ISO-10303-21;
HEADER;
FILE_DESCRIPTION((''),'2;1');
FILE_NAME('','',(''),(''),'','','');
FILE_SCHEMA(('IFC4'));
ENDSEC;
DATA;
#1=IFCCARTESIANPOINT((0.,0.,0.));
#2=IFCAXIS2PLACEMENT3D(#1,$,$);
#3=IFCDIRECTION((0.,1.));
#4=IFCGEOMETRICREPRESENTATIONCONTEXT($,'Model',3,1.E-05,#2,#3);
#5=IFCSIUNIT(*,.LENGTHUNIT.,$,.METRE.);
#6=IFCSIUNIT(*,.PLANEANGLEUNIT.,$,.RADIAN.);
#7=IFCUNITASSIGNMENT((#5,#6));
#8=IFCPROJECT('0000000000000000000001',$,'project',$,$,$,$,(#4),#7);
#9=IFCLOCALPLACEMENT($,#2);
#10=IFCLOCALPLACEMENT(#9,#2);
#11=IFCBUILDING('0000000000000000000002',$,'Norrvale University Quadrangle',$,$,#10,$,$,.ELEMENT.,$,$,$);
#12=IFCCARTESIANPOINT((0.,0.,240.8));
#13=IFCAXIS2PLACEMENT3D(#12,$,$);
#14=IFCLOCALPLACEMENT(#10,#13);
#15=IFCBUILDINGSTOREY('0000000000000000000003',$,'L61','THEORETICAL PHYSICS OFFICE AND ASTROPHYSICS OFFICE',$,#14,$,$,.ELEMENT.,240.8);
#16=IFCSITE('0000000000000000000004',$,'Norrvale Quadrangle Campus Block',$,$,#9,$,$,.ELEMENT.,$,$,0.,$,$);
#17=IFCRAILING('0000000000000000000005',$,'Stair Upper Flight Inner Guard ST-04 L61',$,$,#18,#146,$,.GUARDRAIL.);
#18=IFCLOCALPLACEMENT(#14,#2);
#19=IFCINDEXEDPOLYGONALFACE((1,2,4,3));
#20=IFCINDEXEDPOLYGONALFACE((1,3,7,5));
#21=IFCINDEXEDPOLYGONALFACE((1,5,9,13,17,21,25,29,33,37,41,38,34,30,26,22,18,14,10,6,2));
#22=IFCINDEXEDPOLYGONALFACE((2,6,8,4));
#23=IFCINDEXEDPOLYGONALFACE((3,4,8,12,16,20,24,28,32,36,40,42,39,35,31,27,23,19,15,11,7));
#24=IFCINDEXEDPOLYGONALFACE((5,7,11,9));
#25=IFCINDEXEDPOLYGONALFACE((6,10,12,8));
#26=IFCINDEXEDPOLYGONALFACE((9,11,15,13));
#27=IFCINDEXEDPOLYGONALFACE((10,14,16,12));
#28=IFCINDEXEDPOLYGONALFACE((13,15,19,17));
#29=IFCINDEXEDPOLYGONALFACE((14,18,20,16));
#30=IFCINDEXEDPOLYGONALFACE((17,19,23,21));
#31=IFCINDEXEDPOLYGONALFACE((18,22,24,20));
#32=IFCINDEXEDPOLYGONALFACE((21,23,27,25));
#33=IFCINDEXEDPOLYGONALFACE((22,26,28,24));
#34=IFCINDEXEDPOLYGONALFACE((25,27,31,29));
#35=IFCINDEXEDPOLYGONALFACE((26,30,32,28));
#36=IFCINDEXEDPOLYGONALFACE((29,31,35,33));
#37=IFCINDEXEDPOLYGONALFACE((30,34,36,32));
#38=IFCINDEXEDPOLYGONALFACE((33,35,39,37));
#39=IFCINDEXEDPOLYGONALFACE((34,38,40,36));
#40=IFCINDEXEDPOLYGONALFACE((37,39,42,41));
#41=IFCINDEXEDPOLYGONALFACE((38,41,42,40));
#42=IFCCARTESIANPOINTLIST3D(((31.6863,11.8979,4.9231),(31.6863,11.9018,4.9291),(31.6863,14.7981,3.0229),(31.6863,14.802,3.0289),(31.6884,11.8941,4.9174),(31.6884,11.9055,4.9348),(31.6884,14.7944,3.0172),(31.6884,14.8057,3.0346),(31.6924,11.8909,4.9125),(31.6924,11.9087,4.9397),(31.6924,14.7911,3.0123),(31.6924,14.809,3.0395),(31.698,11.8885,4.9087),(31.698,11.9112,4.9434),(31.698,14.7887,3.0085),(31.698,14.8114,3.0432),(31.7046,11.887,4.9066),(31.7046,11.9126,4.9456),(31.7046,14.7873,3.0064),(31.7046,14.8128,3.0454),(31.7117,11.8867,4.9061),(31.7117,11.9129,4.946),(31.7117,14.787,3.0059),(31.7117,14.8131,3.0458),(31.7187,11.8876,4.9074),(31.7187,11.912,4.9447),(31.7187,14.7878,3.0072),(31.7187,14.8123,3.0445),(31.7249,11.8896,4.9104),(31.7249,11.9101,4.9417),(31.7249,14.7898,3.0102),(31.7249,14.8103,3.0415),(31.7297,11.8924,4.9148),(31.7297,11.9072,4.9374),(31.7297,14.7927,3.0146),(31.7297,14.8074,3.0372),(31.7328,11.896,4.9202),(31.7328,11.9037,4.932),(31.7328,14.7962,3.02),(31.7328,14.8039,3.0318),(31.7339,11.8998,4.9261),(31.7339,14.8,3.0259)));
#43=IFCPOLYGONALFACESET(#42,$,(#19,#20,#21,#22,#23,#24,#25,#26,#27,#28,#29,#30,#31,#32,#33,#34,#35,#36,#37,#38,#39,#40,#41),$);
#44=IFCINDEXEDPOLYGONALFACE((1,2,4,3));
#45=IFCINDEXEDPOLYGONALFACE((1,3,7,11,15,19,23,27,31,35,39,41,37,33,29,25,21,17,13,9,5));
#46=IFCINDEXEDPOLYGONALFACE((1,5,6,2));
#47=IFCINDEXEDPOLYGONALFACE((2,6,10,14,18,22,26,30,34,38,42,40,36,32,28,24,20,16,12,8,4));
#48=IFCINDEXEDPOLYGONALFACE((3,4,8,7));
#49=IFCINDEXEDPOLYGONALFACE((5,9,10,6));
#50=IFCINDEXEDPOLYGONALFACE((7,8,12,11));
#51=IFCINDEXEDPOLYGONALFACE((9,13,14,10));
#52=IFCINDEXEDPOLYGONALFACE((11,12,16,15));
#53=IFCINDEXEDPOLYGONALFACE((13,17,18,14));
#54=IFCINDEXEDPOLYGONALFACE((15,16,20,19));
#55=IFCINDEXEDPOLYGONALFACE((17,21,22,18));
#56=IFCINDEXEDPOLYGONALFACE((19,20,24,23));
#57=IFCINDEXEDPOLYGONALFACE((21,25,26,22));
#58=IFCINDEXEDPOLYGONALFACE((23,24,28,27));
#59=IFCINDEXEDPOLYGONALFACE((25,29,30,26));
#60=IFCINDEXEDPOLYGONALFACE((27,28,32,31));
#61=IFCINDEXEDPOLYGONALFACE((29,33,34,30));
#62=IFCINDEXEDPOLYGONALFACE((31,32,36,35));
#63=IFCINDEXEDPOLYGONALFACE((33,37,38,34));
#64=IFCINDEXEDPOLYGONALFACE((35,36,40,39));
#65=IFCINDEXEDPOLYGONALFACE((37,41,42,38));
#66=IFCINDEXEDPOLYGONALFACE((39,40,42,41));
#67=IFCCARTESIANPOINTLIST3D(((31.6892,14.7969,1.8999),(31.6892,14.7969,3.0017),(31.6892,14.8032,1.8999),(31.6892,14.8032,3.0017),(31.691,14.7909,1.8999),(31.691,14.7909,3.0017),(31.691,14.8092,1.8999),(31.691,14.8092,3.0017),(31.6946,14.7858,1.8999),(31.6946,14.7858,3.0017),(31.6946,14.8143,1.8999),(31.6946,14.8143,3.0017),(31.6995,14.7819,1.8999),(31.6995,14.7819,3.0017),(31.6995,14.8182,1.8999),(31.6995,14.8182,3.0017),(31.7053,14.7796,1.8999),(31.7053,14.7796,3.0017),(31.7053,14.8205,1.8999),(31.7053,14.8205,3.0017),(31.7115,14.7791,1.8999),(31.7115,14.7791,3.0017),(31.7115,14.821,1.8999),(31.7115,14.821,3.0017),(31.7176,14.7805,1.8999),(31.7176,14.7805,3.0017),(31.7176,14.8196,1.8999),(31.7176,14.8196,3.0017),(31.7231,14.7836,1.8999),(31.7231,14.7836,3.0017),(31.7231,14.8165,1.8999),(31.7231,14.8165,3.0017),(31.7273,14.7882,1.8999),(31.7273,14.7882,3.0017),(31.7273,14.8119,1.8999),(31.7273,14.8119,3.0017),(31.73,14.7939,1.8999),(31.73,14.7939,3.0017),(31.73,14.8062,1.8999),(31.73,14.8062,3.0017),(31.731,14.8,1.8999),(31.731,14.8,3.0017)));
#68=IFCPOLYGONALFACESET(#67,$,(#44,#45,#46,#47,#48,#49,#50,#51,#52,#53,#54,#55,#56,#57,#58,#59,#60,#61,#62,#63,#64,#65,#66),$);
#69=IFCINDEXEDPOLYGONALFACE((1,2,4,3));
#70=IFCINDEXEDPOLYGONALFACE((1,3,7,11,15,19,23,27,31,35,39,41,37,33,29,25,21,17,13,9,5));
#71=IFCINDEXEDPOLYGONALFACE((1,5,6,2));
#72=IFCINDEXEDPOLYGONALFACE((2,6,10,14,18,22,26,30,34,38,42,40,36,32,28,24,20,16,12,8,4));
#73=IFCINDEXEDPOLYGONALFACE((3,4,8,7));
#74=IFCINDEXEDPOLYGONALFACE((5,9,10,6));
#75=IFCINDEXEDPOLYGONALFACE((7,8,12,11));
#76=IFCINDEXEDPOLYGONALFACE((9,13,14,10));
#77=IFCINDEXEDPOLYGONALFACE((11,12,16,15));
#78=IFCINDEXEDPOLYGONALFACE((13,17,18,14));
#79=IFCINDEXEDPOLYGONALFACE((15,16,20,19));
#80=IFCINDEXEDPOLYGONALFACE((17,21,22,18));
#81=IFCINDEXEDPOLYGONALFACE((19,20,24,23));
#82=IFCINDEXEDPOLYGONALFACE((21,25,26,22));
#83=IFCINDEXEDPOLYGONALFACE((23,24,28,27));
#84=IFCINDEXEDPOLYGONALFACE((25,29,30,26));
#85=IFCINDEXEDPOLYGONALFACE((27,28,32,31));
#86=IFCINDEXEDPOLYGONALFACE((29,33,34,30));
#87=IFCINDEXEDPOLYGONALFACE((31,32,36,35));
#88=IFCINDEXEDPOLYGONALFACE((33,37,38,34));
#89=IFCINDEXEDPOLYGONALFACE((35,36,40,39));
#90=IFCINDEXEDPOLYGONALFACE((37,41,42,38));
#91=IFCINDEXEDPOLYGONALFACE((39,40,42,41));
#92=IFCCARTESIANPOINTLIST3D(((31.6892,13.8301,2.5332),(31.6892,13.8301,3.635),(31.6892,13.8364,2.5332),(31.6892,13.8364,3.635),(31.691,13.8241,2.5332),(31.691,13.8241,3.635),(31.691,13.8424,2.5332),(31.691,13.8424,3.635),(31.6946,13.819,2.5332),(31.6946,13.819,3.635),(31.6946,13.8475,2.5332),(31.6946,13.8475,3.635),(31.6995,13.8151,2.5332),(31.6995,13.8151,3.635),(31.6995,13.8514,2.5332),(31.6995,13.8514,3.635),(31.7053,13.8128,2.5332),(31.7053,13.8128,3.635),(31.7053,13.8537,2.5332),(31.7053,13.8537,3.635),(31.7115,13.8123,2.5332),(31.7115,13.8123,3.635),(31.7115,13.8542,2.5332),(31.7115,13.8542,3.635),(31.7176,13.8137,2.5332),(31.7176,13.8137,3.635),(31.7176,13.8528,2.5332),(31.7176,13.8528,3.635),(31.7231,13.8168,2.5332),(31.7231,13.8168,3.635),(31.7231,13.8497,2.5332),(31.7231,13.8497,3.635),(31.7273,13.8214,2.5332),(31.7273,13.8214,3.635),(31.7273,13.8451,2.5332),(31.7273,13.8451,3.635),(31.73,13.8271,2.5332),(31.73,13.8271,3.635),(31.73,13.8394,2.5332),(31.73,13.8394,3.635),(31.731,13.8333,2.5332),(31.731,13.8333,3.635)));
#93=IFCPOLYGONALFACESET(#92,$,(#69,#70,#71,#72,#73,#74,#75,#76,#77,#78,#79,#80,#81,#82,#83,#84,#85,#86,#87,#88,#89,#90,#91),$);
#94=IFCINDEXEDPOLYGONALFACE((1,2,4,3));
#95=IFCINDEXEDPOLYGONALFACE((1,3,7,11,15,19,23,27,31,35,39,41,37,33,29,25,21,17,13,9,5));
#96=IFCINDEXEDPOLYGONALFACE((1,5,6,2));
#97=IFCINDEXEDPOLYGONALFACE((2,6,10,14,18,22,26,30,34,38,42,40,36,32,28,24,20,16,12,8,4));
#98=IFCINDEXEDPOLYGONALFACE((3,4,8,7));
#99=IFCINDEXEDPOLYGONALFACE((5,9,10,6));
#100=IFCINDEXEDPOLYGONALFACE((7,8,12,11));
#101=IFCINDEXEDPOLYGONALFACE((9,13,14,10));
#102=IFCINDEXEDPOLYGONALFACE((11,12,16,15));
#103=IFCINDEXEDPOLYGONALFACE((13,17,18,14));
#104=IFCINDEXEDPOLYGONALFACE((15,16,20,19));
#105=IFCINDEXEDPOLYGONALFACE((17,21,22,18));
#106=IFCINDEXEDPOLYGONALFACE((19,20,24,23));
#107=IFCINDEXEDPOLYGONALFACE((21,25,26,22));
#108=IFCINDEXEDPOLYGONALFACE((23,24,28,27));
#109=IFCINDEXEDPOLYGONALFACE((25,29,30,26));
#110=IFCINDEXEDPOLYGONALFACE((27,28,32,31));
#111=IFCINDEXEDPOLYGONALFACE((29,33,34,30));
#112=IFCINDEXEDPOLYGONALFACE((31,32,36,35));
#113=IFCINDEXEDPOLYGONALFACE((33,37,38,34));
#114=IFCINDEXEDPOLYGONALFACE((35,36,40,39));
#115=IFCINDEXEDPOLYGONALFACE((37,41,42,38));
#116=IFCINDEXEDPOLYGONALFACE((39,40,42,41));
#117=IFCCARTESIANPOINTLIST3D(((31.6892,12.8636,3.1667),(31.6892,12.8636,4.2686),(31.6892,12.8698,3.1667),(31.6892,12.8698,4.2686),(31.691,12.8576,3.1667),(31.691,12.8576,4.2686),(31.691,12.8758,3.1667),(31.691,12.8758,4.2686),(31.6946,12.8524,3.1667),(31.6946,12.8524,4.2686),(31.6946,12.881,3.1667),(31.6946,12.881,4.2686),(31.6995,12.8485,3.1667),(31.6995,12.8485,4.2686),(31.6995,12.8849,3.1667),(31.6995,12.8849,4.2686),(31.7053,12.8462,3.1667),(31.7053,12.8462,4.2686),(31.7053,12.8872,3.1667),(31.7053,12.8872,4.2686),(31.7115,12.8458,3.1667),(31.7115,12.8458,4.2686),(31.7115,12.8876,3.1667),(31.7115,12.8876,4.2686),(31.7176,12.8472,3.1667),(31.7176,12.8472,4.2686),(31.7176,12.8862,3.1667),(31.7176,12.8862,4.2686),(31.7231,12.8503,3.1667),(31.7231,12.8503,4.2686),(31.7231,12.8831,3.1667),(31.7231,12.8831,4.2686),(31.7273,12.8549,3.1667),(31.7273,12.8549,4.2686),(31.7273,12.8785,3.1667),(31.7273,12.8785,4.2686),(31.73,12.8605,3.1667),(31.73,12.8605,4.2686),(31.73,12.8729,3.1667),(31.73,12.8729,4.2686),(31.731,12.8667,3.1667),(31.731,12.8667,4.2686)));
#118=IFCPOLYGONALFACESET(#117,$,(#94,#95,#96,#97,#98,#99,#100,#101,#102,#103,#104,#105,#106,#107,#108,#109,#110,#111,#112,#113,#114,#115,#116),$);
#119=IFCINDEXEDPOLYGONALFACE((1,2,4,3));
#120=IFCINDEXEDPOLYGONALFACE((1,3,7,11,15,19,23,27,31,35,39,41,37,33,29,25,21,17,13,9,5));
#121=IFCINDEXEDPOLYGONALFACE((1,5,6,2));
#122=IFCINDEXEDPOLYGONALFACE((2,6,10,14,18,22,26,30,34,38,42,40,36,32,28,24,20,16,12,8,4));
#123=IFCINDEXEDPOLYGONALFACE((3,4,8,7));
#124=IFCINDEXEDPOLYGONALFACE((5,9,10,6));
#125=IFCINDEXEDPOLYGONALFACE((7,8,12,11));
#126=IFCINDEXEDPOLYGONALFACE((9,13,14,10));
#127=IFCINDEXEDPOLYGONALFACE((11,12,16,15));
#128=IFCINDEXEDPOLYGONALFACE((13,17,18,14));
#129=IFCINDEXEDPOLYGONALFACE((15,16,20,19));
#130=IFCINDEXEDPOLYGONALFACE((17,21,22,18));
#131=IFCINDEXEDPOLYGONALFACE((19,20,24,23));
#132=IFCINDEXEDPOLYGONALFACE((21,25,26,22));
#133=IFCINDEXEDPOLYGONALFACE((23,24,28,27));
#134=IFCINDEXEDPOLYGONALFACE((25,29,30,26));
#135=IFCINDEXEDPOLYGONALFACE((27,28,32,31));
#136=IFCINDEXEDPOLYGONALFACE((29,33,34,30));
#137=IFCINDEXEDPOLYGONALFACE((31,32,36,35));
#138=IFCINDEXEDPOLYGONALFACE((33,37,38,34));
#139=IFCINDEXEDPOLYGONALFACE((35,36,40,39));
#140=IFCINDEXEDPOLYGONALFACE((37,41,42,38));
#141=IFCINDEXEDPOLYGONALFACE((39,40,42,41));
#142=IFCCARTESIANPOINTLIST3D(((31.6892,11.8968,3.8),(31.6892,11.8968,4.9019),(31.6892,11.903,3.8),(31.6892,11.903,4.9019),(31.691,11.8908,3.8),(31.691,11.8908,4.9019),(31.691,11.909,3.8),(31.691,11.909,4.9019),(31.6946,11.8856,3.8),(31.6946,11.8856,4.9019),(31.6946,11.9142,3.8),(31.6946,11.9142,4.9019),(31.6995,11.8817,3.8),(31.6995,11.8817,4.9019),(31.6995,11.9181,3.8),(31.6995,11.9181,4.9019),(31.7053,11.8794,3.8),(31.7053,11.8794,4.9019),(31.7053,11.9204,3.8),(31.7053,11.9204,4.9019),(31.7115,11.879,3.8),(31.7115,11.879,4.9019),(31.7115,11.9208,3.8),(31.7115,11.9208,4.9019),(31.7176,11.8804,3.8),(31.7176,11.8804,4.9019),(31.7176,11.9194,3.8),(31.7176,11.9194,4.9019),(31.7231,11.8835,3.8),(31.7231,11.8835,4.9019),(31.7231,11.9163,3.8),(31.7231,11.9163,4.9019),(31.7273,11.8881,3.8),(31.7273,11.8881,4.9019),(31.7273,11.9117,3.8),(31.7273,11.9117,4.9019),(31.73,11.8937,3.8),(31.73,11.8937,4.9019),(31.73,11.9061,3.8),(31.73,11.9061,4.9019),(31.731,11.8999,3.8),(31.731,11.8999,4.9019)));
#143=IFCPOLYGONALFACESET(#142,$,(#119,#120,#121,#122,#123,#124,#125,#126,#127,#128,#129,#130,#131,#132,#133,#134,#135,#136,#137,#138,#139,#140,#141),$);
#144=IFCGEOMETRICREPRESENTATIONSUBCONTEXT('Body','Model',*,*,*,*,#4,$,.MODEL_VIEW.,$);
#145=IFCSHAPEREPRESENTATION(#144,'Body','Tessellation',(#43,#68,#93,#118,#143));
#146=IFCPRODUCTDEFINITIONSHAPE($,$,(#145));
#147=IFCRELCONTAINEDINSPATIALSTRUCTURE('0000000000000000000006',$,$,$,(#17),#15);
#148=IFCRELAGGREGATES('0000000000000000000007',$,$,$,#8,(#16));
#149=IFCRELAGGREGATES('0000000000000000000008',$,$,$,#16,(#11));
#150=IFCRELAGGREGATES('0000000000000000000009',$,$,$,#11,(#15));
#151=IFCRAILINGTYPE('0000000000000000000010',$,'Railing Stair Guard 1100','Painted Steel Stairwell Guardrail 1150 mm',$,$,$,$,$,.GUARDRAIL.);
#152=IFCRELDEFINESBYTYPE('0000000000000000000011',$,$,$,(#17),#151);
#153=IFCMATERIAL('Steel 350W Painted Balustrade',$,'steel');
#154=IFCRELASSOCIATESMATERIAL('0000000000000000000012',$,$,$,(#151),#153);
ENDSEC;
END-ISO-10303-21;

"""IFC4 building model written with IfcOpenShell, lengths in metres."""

from ifc_helpers import new_model, si_unit, direction, frame, origin, origin_2d, place, context, subcontext, project, spatial, circle, extrude, material, type_object, element, save


model = new_model("IFC4")

# Units and contexts
model_context = context("Model", 3, precision=1e-05, world=origin(), true_north=direction((0.0, 1.0)))
body_context = subcontext(model_context, "Body", "Model", "MODEL_VIEW")
ifc_project = project(units=[si_unit("LENGTHUNIT", "METRE"), si_unit("PLANEANGLEUNIT", "RADIAN")], contexts=[model_context])

# Site, building, storey
site_placement = place(None, origin())
site = spatial("IfcSite", under=ifc_project, at=site_placement, Name="Norrvale Quadrangle Campus Block", CompositionType="ELEMENT", RefElevation=0.0)
building_placement = place(site_placement, origin())
building = spatial("IfcBuilding", under=site, at=building_placement, Name="Norrvale University Quadrangle", CompositionType="ELEMENT")
storey_placement = place(building_placement, frame((0.0, 0.0, 240.8)))
storey = spatial("IfcBuildingStorey", under=building, at=storey_placement, Name="L61", Description="THEORETICAL PHYSICS OFFICE AND ASTROPHYSICS OFFICE", CompositionType="ELEMENT", Elevation=240.8)

# Railing
ifc_material_1 = material(Name="Steel 350W Painted Balustrade", Category="steel")
railing_type_1 = type_object("IfcRailingType", Name="Railing Stair Guard 1100", Description="Painted Steel Stairwell Guardrail 1150 mm", PredefinedType="GUARDRAIL", material=ifc_material_1)
railing_1_placement = place(storey_placement, frame((31.71, 14.8, 1.8999)))
element("IfcRailing", 1, at=railing_1_placement, inside=storey, type_object=railing_type_1, Name="Stair Upper Flight Inner Guard ST-04 L61", PredefinedType="GUARDRAIL", context=body_context, shape_type="SweptSolid", body=[
    extrude(circle(Radius=0.0239, at=origin_2d()), frame((0.0, 0.0, 1.126), z_axis=(0.0, -0.836454, 0.548036), x_axis=(1.0, 0.0, 0.0)), (0.0, 0.0, 1.0), 3.4673),
    extrude(circle(Radius=0.021, at=origin_2d()), origin(), (0.0, 0.0, 1.0), 1.1018),
    extrude(circle(Radius=0.021, at=origin_2d()), frame((0.0, -0.9668, 0.6333)), (0.0, 0.0, 1.0), 1.1018),
    extrude(circle(Radius=0.021, at=origin_2d()), frame((0.0, -1.9333, 1.2668)), (0.0, 0.0, 1.0), 1.1018),
    extrude(circle(Radius=0.021, at=origin_2d()), frame((0.0, -2.9001, 1.9001)), (0.0, 0.0, 1.0), 1.1018),
])

save(model, "model.ifc")
